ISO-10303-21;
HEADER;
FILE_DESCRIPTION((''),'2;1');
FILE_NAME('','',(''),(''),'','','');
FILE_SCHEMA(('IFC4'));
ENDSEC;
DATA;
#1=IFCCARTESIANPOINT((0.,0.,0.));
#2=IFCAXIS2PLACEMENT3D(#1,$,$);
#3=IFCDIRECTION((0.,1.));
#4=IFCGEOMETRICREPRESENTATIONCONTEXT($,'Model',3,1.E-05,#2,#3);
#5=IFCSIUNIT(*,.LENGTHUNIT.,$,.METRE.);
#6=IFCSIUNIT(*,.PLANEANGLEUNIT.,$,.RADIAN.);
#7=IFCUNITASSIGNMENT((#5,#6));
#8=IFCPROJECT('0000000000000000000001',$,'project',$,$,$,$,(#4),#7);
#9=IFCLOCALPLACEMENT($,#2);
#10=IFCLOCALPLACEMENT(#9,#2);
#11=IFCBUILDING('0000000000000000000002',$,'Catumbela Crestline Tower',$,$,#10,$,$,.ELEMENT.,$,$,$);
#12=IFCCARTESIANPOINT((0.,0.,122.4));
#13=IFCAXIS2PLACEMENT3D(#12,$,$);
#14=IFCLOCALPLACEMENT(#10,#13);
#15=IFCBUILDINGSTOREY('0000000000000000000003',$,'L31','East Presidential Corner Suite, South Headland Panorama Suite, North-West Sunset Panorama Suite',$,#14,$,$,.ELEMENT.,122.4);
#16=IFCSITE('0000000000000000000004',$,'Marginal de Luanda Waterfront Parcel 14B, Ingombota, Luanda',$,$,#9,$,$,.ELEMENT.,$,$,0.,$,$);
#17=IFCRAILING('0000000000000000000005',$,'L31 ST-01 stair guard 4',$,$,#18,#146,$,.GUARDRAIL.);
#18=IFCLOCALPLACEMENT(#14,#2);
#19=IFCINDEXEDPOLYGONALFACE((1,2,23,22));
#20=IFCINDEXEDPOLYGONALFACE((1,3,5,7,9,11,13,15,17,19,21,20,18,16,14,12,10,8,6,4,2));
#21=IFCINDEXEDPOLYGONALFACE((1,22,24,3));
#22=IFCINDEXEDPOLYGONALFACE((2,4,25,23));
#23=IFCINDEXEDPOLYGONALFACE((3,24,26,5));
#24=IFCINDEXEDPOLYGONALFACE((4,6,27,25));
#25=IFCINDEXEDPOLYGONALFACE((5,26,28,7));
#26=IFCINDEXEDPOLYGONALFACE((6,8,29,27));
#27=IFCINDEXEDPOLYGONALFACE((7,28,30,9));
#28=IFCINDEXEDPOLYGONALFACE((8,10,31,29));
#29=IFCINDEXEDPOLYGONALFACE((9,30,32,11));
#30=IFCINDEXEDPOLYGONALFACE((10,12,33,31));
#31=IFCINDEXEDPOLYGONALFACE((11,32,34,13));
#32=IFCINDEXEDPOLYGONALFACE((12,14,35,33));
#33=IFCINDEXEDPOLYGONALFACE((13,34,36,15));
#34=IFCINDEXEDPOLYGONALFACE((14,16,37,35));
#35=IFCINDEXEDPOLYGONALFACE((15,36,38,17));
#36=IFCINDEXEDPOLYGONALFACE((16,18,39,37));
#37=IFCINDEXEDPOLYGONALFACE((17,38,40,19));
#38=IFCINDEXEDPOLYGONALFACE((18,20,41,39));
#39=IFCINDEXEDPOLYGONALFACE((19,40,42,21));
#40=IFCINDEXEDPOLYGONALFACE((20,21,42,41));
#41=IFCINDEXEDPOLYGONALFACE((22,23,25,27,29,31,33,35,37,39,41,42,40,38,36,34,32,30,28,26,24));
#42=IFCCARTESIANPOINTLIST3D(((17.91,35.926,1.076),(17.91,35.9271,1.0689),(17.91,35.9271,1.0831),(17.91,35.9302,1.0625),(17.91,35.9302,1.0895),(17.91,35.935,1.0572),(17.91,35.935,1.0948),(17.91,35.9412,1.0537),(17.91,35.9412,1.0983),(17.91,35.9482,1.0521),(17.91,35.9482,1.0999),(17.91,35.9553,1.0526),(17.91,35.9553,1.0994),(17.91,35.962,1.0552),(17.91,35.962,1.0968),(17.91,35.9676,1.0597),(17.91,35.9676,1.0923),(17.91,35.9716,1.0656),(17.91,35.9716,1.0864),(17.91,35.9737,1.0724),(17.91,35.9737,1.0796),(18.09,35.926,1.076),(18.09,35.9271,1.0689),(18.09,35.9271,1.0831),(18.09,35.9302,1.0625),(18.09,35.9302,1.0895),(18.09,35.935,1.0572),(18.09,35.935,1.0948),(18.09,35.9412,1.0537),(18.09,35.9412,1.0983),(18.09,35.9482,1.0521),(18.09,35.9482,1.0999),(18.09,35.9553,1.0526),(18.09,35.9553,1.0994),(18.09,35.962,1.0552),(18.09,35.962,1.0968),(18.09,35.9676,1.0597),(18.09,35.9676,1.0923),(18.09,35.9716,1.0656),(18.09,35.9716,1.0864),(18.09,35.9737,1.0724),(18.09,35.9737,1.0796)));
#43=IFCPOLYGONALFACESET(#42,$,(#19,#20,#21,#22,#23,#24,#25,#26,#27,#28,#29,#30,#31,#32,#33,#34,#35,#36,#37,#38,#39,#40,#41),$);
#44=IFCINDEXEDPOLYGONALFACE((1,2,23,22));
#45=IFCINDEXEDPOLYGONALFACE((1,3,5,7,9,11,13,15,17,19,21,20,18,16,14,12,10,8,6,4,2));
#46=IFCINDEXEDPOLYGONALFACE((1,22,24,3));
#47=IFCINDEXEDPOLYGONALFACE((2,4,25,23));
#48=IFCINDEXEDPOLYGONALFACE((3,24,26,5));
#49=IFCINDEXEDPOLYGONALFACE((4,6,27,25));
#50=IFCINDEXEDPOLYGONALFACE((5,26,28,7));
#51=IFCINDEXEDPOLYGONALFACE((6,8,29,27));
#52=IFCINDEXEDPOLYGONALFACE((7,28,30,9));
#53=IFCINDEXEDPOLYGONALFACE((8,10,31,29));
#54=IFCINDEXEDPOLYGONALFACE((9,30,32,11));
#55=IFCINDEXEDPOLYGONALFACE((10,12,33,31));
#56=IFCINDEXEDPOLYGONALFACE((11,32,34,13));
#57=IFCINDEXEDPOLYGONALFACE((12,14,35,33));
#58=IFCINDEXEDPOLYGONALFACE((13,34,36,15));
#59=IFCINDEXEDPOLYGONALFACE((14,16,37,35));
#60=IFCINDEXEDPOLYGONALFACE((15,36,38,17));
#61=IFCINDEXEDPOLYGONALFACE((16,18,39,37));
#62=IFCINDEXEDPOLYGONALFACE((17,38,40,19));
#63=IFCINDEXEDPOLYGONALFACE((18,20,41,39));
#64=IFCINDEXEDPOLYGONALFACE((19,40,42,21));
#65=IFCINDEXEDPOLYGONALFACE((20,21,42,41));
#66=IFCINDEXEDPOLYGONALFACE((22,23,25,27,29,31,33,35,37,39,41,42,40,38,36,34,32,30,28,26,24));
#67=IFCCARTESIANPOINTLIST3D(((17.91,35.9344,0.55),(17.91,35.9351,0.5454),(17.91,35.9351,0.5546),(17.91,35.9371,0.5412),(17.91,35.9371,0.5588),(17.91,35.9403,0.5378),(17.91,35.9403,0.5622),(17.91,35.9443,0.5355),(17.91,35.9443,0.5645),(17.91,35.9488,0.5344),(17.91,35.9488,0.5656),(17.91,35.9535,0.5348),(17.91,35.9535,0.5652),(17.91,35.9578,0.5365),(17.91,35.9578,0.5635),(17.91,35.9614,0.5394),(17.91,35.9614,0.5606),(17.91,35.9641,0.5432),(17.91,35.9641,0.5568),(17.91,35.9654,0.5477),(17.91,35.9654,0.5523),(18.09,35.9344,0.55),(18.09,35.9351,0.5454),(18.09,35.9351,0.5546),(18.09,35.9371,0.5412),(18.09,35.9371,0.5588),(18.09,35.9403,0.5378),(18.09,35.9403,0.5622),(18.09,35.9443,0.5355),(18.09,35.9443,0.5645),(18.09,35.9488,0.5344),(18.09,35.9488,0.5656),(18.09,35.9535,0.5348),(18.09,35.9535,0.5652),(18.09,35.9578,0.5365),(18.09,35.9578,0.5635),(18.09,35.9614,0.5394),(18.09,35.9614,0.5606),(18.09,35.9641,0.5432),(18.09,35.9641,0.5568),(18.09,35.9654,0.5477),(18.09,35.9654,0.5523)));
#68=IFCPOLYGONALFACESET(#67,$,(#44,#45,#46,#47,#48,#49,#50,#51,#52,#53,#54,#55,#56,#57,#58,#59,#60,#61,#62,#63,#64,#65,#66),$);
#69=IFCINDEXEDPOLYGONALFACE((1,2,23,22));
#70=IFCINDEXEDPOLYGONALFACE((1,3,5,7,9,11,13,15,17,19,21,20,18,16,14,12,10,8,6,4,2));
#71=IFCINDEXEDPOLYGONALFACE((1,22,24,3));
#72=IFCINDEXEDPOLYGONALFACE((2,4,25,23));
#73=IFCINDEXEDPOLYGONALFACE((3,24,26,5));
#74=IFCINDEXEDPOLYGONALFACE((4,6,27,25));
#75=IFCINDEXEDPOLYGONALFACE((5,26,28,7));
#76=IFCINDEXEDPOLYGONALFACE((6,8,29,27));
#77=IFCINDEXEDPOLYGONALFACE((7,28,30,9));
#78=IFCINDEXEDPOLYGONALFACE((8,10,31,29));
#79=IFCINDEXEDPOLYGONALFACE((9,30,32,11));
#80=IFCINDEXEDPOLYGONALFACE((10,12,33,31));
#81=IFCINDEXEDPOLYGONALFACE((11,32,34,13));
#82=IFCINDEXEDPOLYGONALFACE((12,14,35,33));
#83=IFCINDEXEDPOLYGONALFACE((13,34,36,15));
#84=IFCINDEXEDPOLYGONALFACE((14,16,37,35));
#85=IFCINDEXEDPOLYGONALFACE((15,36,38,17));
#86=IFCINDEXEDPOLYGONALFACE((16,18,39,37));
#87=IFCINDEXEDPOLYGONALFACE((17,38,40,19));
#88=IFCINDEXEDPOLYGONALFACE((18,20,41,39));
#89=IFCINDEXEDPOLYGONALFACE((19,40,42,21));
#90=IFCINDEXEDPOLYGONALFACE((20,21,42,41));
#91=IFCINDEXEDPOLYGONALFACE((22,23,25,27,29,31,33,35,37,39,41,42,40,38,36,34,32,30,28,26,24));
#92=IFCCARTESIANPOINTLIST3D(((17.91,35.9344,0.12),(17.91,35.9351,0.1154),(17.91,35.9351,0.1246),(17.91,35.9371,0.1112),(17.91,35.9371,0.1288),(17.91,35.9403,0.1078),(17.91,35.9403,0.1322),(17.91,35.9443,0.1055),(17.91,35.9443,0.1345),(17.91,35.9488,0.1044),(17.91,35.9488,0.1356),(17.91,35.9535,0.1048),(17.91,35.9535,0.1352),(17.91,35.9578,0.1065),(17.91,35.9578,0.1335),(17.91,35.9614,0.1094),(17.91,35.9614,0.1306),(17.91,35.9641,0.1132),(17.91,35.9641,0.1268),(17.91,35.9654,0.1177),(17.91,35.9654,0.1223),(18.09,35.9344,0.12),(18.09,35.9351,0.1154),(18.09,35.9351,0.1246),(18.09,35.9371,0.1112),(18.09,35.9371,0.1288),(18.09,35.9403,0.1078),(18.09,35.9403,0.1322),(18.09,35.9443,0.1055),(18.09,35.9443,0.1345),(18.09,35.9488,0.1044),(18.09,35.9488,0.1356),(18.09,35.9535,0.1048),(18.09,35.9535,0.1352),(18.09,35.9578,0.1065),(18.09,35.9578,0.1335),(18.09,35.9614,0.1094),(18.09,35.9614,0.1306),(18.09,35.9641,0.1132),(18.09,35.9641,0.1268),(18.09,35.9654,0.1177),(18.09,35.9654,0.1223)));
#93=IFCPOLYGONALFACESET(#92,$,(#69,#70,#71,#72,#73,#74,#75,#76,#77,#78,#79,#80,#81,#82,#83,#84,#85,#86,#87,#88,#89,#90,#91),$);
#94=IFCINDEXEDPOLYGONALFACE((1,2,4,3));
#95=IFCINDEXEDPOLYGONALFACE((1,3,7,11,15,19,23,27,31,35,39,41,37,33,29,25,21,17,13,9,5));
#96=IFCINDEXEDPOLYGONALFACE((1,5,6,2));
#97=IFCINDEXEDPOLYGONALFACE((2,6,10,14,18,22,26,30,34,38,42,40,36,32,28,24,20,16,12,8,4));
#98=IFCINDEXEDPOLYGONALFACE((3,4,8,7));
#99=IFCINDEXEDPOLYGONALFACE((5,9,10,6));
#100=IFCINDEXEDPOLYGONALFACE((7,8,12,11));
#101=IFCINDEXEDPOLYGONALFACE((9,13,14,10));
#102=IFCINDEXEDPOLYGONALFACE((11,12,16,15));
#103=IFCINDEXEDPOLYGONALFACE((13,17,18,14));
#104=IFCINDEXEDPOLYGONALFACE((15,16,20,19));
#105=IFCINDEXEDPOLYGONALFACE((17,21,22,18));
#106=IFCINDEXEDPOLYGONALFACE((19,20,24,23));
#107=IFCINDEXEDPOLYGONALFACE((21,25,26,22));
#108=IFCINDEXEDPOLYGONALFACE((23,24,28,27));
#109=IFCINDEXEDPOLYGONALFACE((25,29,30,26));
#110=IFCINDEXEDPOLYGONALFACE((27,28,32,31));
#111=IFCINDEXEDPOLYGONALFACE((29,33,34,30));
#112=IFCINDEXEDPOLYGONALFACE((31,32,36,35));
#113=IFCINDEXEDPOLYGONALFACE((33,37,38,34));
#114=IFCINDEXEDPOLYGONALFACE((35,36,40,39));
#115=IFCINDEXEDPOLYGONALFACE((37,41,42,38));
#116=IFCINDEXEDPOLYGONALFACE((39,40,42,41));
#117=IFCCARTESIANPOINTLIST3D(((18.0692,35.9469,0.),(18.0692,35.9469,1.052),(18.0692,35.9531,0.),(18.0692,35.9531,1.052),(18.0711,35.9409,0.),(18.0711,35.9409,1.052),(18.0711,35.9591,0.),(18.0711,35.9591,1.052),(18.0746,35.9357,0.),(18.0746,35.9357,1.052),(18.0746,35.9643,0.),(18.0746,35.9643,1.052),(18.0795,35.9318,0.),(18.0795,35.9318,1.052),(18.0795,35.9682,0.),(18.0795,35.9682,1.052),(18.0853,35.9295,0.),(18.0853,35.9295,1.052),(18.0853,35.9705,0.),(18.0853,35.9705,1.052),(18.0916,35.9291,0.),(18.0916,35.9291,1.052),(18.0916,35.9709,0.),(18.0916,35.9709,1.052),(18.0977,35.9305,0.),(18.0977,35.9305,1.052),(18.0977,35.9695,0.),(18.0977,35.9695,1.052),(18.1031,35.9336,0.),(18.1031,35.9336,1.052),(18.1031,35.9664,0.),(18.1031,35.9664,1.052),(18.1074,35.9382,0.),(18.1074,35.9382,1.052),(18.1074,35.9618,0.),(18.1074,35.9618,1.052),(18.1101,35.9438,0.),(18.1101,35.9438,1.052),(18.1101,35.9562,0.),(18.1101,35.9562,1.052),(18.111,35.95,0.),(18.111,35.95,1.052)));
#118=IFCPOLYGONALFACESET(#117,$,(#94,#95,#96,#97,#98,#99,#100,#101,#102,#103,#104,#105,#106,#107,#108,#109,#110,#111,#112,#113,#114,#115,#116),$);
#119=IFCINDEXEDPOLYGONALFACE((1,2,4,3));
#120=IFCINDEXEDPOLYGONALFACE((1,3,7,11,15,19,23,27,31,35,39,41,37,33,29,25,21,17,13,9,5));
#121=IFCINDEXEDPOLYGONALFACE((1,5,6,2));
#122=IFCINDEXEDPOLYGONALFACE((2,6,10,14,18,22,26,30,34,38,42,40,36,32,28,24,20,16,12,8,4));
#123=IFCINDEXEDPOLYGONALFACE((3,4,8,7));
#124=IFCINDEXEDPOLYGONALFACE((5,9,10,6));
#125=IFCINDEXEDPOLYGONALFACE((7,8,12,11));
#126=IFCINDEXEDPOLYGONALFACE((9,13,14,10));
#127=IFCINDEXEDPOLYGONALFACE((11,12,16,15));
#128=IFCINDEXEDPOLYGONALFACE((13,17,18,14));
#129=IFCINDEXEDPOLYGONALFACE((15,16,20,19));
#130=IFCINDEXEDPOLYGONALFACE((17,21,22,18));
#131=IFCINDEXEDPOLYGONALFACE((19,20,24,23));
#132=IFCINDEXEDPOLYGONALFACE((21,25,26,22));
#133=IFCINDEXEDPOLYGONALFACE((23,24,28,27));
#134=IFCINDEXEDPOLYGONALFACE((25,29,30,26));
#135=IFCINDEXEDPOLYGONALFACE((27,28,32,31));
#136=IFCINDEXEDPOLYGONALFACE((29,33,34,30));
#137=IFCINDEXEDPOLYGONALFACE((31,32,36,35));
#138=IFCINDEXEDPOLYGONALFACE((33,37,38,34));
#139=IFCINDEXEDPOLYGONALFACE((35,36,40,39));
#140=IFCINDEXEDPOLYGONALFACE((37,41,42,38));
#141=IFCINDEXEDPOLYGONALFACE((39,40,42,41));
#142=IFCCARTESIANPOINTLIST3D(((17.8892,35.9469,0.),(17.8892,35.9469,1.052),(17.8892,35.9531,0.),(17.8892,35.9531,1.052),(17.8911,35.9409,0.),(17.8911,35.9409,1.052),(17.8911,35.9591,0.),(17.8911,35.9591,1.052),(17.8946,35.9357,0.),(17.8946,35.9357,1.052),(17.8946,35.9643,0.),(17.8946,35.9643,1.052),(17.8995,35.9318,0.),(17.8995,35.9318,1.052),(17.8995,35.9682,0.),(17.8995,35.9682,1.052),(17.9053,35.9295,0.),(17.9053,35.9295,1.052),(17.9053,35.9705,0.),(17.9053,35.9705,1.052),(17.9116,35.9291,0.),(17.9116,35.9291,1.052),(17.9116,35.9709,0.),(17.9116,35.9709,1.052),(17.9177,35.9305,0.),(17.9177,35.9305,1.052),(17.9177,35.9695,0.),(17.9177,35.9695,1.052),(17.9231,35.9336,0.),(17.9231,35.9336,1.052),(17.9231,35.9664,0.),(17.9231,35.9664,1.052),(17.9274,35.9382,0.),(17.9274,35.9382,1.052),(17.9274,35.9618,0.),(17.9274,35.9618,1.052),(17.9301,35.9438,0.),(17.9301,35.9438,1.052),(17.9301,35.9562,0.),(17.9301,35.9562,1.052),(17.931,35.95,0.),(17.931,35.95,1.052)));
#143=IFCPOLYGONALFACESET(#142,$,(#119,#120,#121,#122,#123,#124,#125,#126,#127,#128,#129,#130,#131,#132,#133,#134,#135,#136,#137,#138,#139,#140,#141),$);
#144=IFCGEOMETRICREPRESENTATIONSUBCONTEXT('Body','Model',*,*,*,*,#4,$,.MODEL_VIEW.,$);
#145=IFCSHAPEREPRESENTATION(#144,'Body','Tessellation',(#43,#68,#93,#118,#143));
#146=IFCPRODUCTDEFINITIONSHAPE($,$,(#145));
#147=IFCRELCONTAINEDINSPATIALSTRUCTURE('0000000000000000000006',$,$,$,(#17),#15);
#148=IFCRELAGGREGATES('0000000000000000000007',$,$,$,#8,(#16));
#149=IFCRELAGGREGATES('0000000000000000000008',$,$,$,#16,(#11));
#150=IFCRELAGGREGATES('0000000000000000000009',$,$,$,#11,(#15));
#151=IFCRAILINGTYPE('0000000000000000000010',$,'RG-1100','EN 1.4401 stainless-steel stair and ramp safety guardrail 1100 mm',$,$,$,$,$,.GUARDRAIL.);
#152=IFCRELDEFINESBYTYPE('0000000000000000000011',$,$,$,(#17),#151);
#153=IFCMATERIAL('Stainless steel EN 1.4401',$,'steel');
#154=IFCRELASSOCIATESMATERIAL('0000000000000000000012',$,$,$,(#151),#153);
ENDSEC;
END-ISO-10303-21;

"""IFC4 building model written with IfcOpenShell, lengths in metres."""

from ifc_helpers import new_model, si_unit, direction, frame, origin, origin_2d, place, context, subcontext, project, spatial, circle, extrude, material, type_object, element, save


model = new_model("IFC4")

# Units and contexts
model_context = context("Model", 3, precision=1e-05, world=origin(), true_north=direction((0.0, 1.0)))
body_context = subcontext(model_context, "Body", "Model", "MODEL_VIEW")
ifc_project = project(units=[si_unit("LENGTHUNIT", "METRE"), si_unit("PLANEANGLEUNIT", "RADIAN")], contexts=[model_context])

# Site, building, storey
site_placement = place(None, origin())
site = spatial("IfcSite", under=ifc_project, at=site_placement, Name="Marginal de Luanda Waterfront Parcel 14B, Ingombota, Luanda", CompositionType="ELEMENT", RefElevation=0.0)
building_placement = place(site_placement, origin())
building = spatial("IfcBuilding", under=site, at=building_placement, Name="Catumbela Crestline Tower", CompositionType="ELEMENT")
storey_placement = place(building_placement, frame((0.0, 0.0, 122.4)))
storey = spatial("IfcBuildingStorey", under=building, at=storey_placement, Name="L31", Description="East Presidential Corner Suite, South Headland Panorama Suite, North-West Sunset Panorama Suite", CompositionType="ELEMENT", Elevation=122.4)

# Railing
ifc_material_1 = material(Name="Stainless steel EN 1.4401", Category="steel")
railing_type_1 = type_object("IfcRailingType", Name="RG-1100", Description="EN 1.4401 stainless-steel stair and ramp safety guardrail 1100 mm", PredefinedType="GUARDRAIL", material=ifc_material_1)
railing_1_placement = place(storey_placement, frame((18.09, 35.95, 0.0)))
element("IfcRailing", 1, at=railing_1_placement, inside=storey, type_object=railing_type_1, Name="L31 ST-01 stair guard 4", PredefinedType="GUARDRAIL", context=body_context, shape_type="SweptSolid", body=[
    extrude(circle(Radius=0.024, at=origin_2d()), frame((0.0, 0.0, 1.076), z_axis=(-1.0, 0.0, 0.0), x_axis=(0.0, -1.0, 0.0)), (0.0, 0.0, 1.0), 0.18),
    extrude(circle(Radius=0.0156, at=origin_2d()), frame((0.0, 0.0, 0.55), z_axis=(-1.0, 0.0, 0.0), x_axis=(0.0, -1.0, 0.0)), (0.0, 0.0, 1.0), 0.18),
    extrude(circle(Radius=0.0156, at=origin_2d()), frame((0.0, 0.0, 0.12), z_axis=(-1.0, 0.0, 0.0), x_axis=(0.0, -1.0, 0.0)), (0.0, 0.0, 1.0), 0.18),
    extrude(circle(Radius=0.021, at=origin_2d()), origin(), (0.0, 0.0, 1.0), 1.052),
    extrude(circle(Radius=0.021, at=origin_2d()), frame((-0.18, 0.0, 0.0)), (0.0, 0.0, 1.0), 1.052),
])

save(model, "model.ifc")
